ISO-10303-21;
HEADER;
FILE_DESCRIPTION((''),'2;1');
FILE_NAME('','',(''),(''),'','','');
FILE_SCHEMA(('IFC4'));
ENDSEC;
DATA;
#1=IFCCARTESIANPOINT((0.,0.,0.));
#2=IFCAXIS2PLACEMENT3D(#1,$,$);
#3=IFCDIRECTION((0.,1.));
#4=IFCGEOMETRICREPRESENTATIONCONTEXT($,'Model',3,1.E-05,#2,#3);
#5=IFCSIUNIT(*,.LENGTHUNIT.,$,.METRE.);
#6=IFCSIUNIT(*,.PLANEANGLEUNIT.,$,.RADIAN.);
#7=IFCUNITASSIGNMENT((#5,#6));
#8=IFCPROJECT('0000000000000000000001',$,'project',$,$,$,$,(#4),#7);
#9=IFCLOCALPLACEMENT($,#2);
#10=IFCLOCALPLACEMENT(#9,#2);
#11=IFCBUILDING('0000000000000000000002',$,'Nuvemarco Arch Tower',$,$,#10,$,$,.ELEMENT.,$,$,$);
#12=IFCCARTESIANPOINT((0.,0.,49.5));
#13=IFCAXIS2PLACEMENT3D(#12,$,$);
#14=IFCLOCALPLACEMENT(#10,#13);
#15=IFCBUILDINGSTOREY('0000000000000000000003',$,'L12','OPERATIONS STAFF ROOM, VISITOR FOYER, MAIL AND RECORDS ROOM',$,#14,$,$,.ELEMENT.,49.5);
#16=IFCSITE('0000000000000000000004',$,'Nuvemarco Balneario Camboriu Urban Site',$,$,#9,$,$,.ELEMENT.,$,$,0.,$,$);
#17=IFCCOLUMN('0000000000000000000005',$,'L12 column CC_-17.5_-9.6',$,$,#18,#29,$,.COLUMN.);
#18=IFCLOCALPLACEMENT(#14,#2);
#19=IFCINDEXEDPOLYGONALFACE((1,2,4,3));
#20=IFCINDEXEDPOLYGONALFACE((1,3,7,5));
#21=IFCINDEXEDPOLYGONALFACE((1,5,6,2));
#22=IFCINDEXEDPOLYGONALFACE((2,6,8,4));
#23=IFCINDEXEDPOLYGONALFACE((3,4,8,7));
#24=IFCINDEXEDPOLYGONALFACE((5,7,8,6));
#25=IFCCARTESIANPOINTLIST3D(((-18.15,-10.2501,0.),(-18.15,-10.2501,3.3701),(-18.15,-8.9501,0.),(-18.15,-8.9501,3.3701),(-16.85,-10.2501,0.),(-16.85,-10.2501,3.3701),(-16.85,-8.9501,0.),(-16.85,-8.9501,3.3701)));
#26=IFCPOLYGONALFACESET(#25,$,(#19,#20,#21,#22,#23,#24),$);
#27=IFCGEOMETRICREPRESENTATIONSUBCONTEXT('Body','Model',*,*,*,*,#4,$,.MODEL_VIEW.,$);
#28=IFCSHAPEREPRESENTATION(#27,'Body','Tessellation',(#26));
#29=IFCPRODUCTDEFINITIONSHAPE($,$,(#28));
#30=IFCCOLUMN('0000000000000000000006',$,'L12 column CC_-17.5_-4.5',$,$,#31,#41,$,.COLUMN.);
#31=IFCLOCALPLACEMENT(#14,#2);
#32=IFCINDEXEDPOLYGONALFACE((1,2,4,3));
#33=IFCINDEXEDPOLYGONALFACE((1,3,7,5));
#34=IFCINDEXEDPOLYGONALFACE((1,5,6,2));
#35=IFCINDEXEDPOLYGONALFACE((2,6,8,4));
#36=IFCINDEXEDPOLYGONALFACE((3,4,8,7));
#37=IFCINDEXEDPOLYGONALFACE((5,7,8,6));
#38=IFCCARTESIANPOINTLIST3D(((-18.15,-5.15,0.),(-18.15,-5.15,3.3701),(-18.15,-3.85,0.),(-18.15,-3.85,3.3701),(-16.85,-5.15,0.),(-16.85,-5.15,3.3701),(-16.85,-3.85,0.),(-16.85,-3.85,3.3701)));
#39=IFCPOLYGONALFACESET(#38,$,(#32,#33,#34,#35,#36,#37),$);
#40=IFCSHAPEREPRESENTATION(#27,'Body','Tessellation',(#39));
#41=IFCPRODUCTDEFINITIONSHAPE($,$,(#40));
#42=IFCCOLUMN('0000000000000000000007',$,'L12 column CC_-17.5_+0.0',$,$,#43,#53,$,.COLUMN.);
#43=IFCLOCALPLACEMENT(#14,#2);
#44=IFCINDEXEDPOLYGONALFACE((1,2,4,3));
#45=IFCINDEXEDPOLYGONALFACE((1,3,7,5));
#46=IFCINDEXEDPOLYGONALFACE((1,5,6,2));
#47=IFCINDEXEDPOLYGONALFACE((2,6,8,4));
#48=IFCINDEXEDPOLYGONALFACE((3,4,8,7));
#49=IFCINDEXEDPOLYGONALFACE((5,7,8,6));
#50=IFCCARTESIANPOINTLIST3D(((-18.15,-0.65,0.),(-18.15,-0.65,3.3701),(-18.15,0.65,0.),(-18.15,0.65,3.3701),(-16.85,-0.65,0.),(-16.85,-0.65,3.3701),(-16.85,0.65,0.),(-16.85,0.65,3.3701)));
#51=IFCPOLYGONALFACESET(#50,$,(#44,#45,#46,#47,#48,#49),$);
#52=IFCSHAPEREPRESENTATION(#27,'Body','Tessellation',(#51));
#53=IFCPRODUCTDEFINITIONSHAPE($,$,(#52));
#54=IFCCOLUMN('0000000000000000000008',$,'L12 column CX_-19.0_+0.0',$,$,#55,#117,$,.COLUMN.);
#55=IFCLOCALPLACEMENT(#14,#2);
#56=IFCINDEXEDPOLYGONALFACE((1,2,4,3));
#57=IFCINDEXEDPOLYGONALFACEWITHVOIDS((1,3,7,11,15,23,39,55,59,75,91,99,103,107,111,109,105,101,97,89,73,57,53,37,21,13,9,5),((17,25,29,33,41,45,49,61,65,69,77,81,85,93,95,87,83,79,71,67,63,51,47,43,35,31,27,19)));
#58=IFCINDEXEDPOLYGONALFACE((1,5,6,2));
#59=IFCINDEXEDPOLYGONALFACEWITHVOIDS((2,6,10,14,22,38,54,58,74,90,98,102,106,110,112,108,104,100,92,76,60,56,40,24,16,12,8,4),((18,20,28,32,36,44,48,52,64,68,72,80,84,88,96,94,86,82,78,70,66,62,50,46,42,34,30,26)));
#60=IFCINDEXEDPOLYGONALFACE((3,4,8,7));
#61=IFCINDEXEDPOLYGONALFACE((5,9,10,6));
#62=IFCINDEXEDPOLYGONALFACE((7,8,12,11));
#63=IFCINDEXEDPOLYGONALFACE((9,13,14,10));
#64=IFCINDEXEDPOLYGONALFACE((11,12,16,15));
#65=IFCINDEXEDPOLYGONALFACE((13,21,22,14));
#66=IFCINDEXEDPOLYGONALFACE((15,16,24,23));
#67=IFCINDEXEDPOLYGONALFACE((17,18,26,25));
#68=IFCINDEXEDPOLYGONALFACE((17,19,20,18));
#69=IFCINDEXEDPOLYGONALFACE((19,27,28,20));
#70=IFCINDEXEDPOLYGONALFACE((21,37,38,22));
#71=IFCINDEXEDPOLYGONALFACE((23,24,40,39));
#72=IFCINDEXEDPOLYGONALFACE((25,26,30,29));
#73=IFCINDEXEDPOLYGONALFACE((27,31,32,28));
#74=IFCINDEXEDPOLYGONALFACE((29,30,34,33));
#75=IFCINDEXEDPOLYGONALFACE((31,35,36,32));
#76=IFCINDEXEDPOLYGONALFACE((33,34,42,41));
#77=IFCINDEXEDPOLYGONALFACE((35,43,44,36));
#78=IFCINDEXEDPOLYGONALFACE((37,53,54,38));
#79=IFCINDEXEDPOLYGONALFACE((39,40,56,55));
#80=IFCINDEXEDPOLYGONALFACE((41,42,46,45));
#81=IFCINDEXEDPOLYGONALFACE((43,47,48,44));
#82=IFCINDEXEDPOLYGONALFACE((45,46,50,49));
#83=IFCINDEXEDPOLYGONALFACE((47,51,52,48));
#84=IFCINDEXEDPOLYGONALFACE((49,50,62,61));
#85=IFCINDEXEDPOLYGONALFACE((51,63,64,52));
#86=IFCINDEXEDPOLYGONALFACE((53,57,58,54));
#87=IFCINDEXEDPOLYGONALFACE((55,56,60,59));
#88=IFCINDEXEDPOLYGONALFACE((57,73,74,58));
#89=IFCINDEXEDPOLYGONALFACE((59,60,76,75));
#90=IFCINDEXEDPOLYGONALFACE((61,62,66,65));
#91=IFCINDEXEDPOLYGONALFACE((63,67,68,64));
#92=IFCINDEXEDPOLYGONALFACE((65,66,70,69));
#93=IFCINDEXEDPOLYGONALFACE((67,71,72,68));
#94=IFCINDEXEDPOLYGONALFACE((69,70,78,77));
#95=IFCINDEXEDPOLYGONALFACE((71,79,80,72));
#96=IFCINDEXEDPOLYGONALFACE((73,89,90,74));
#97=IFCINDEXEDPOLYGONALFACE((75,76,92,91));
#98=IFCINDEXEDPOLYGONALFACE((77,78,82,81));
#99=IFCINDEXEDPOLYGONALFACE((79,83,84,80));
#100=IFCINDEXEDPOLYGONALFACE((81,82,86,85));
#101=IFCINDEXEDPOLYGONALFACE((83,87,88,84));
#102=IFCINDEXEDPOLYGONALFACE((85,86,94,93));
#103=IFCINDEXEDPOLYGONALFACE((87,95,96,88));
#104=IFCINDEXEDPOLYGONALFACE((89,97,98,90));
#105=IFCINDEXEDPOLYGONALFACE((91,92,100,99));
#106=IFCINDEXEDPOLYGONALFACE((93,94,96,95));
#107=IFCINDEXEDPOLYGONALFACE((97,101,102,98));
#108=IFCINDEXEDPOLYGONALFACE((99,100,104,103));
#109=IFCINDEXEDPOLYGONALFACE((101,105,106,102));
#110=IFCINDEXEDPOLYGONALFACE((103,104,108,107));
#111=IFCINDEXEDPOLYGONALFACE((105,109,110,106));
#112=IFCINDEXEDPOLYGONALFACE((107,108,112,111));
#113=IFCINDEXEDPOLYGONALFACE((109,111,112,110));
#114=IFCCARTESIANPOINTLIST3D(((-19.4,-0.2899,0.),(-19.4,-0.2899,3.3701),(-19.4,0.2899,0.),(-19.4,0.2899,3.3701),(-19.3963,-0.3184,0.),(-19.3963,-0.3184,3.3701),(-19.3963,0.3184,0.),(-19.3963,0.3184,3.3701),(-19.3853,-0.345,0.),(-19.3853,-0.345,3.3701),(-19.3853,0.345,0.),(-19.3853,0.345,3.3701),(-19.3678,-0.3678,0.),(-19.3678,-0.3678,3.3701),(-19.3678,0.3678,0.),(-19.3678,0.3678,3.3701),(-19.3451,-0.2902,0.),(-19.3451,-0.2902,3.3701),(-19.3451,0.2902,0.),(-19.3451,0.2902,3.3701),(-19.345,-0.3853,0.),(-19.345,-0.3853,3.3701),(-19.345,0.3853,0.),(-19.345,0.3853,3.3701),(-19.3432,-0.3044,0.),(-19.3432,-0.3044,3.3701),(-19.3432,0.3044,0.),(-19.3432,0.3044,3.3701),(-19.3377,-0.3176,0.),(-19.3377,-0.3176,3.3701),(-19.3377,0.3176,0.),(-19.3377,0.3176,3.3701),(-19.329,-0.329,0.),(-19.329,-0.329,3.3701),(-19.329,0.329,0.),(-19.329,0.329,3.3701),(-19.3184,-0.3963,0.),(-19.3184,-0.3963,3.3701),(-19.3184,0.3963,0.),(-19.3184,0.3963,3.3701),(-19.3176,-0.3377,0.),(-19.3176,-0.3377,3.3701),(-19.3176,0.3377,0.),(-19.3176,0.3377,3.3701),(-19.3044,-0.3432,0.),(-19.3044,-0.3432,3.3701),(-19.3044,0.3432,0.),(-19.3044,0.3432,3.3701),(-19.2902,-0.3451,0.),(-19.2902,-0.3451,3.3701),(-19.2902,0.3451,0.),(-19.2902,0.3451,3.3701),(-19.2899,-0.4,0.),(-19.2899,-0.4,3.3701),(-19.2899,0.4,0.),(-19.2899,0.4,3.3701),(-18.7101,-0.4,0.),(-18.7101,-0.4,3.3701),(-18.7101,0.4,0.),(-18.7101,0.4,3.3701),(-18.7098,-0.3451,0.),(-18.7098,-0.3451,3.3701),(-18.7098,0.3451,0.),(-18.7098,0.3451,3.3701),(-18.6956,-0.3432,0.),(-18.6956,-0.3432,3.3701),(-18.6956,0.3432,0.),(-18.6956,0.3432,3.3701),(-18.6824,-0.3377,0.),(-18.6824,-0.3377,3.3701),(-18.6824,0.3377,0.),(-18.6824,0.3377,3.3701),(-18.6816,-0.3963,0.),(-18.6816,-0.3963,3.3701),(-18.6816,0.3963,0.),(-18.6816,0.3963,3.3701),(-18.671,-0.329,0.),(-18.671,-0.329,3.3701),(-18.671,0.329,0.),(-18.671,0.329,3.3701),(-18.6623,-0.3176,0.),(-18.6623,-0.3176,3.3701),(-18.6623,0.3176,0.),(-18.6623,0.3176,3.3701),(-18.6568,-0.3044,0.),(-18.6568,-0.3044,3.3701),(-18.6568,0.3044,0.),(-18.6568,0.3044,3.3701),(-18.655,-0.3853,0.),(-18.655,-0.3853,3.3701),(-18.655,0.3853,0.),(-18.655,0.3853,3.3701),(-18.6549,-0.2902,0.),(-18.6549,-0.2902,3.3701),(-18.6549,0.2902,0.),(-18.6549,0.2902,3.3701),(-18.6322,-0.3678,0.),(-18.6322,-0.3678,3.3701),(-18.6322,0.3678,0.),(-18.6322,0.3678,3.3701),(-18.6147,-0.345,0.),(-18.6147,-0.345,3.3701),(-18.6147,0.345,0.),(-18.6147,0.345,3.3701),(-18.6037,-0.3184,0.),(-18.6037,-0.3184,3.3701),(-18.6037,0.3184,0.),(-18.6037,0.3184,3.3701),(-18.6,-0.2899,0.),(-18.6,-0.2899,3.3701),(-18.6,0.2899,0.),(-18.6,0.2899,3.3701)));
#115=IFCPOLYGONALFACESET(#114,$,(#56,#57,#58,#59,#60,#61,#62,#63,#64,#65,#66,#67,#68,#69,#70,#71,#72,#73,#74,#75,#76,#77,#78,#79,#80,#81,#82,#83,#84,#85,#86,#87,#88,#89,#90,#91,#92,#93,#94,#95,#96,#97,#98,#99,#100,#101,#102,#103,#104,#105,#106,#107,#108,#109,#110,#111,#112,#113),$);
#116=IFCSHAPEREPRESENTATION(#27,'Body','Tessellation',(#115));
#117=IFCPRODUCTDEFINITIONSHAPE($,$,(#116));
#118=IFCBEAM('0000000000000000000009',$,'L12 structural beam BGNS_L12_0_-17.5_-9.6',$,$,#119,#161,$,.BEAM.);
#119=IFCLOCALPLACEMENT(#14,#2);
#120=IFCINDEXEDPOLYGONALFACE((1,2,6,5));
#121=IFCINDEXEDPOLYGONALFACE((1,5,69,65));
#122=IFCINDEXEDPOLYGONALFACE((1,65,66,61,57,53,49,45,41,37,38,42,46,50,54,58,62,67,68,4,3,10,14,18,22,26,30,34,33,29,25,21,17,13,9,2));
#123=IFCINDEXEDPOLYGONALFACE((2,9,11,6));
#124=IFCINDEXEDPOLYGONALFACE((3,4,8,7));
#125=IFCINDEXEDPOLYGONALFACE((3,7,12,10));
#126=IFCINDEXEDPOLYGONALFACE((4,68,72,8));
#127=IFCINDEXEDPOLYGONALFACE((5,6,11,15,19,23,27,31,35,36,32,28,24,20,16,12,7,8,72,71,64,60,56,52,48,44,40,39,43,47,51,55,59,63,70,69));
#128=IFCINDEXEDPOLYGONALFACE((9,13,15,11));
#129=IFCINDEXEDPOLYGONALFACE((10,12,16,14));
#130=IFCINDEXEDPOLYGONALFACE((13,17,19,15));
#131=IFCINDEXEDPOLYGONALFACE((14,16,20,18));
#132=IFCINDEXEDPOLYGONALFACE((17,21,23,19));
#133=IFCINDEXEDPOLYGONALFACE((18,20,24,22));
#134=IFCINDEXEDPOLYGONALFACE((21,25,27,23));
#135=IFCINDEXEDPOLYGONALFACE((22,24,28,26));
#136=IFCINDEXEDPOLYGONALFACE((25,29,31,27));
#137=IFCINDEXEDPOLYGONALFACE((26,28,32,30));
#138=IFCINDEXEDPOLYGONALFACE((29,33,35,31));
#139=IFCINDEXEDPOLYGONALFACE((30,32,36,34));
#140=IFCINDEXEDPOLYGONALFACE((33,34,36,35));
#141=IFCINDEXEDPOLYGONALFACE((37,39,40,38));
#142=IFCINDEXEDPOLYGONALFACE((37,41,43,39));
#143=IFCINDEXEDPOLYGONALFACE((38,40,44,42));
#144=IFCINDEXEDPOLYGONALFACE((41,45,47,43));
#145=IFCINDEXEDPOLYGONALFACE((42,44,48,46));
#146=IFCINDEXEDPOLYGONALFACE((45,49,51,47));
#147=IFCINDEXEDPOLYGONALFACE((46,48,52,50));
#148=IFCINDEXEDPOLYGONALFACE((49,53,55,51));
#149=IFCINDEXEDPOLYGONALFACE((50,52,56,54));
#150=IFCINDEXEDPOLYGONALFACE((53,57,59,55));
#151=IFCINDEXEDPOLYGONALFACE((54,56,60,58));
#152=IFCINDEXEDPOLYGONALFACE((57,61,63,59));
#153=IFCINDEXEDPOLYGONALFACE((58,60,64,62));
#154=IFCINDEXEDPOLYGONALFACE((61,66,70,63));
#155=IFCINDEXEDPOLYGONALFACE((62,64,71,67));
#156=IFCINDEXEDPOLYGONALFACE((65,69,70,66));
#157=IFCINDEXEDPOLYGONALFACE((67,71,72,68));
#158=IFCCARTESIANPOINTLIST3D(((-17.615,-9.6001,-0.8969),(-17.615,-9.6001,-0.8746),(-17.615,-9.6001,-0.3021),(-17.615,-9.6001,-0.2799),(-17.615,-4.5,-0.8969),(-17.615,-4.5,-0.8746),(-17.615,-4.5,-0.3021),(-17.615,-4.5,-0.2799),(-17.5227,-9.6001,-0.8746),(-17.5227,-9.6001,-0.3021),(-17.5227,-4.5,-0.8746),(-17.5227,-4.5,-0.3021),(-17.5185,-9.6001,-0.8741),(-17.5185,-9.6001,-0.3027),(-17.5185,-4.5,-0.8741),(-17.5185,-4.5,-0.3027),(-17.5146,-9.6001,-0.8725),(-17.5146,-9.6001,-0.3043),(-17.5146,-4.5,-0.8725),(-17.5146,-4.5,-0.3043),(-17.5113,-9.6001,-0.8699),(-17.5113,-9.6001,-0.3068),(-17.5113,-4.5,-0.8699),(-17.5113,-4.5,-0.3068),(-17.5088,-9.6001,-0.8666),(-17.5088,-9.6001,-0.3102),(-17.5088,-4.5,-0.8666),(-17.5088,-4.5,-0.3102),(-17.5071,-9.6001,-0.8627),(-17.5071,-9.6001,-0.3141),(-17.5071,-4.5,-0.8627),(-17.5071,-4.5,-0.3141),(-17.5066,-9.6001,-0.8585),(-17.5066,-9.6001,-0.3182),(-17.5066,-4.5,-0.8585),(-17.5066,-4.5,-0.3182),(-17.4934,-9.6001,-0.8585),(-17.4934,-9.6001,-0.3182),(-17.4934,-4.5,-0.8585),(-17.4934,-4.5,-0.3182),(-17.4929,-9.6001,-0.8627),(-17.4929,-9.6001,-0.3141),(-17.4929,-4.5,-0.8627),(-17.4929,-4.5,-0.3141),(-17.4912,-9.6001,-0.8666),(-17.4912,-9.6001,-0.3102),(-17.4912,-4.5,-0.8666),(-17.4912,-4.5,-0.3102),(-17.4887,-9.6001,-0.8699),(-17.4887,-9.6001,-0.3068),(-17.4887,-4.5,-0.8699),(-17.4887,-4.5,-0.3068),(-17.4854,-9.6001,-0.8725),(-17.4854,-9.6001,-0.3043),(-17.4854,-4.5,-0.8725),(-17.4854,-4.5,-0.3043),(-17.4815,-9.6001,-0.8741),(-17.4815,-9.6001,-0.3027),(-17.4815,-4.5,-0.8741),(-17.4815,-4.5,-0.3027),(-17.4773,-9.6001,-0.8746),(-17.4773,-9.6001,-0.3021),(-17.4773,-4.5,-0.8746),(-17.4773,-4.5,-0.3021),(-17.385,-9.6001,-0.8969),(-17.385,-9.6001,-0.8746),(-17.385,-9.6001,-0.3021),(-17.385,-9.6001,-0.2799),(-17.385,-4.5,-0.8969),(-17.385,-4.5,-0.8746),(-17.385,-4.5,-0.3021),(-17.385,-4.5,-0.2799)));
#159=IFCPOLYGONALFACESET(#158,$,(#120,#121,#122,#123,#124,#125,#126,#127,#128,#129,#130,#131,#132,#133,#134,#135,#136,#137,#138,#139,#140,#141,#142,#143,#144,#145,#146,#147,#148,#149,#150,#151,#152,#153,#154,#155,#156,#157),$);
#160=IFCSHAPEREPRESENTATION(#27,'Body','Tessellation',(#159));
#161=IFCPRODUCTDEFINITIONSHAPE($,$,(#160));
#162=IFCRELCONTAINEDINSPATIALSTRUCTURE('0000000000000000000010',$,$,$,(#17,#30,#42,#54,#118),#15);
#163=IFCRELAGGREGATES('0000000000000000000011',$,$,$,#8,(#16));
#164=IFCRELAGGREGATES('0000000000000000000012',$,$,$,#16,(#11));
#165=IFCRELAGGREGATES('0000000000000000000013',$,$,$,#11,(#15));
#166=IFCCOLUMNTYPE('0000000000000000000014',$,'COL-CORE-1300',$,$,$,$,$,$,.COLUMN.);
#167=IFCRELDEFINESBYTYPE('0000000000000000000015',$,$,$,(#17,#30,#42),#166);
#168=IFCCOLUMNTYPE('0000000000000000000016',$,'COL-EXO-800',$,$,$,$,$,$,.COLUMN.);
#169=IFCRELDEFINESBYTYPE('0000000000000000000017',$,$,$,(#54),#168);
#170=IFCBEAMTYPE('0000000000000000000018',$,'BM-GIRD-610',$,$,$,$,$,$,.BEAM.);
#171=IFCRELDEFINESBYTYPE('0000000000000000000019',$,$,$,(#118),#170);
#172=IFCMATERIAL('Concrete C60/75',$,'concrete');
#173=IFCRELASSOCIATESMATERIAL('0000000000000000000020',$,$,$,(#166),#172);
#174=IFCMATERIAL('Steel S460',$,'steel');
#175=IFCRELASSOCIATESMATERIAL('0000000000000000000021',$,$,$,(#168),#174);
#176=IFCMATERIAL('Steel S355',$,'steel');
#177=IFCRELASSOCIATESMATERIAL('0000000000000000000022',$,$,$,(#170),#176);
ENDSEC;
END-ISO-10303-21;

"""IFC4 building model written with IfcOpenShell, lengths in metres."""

from ifc_helpers import new_model, si_unit, direction, frame, origin, origin_2d, place, context, subcontext, project, spatial, rectangle, hollow_rectangle, i_section, extrude, material, material_profile, profile_set, type_object, element, save


model = new_model("IFC4")

# Units and contexts
model_context = context("Model", 3, precision=1e-05, world=origin(), true_north=direction((0.0, 1.0)))
body_context = subcontext(model_context, "Body", "Model", "MODEL_VIEW")
ifc_project = project(units=[si_unit("LENGTHUNIT", "METRE"), si_unit("PLANEANGLEUNIT", "RADIAN")], contexts=[model_context])

# Site, building, storey
site_placement = place(None, origin())
site = spatial("IfcSite", under=ifc_project, at=site_placement, Name="Nuvemarco Balneario Camboriu Urban Site", CompositionType="ELEMENT", RefElevation=0.0)
building_placement = place(site_placement, origin())
building = spatial("IfcBuilding", under=site, at=building_placement, Name="Nuvemarco Arch Tower", CompositionType="ELEMENT")
storey_placement = place(building_placement, frame((0.0, 0.0, 49.5)))
storey = spatial("IfcBuildingStorey", under=building, at=storey_placement, Name="L12", Description="OPERATIONS STAFF ROOM, VISITOR FOYER, MAIL AND RECORDS ROOM", CompositionType="ELEMENT", Elevation=49.5)

# Columns
ifc_material_1 = material(Name="Concrete C60/75", Category="concrete")
ifc_material_profile_1 = material_profile(ifc_material_1, rectangle(XDim=1.3, YDim=1.3, at=origin_2d()), Name="RC-COL-1300x1300")
ifc_profile_set_1 = profile_set([ifc_material_profile_1], Name="Concrete C60/75")
column_type_1 = type_object("IfcColumnType", Name="COL-CORE-1300", PredefinedType="COLUMN", material=ifc_profile_set_1)
for number, where, z_axis, x_axis, name in (
    (1, (-17.5, -9.6001, 0.0), (0.0, 0.0, 1.0), (1.0, 0.0, 0.0), "L12 column CC_-17.5_-9.6"),
    (2, (-17.5, -4.5, 0.0), (0.0, 0.0, 1.0), (1.0, 0.0, 0.0), "L12 column CC_-17.5_-4.5"),
    (3, (-17.5, 0.0, 0.0), (0.0, 0.0, 1.0), (1.0, 0.0, 0.0), "L12 column CC_-17.5_+0.0"),
):
    element("IfcColumn", number, at=place(storey_placement, frame(where, z_axis=z_axis, x_axis=x_axis)), inside=storey, type_object=column_type_1, Name=name, PredefinedType="COLUMN", context=body_context, shape_type="SweptSolid", body=[
        extrude(rectangle(XDim=1.3, YDim=1.3, at=origin_2d()), origin(), (0.0, 0.0, 1.0), 3.3701),
    ])
ifc_material_2 = material(Name="Steel S460", Category="steel")
ifc_material_profile_2 = material_profile(ifc_material_2, hollow_rectangle(XDim=0.8, YDim=0.8, WallThickness=0.0549, InnerFilletRadius=0.0549, OuterFilletRadius=0.1101, at=origin_2d()), Name="SHS800x800x55")
ifc_profile_set_2 = profile_set([ifc_material_profile_2], Name="Steel S460")
column_type_2 = type_object("IfcColumnType", Name="COL-EXO-800", PredefinedType="COLUMN", material=ifc_profile_set_2)
column_placement = place(storey_placement, frame((-19.0, 0.0, 0.0), z_axis=(0.0, 0.0, 1.0), x_axis=(1.0, 0.0, 0.0)))
element("IfcColumn", 4, at=column_placement, inside=storey, type_object=column_type_2, Name="L12 column CX_-19.0_+0.0", PredefinedType="COLUMN", context=body_context, shape_type="SweptSolid", body=[
    extrude(hollow_rectangle(XDim=0.8, YDim=0.8, WallThickness=0.0549, InnerFilletRadius=0.0549, OuterFilletRadius=0.1101, at=origin_2d()), origin(), (0.0, 0.0, 1.0), 3.3701),
])

# Beam
ifc_material_3 = material(Name="Steel S355", Category="steel")
ifc_material_profile_3 = material_profile(ifc_material_3, i_section(OverallWidth=0.23, OverallDepth=0.6169, WebThickness=0.0132, FlangeThickness=0.0222, FilletRadius=0.0161, at=origin_2d()), Name="W610x140")
ifc_profile_set_3 = profile_set([ifc_material_profile_3], Name="Steel S355")
beam_type_1 = type_object("IfcBeamType", Name="BM-GIRD-610", PredefinedType="BEAM", material=ifc_profile_set_3)
beam_1_placement = place(storey_placement, frame((-17.5, -9.6001, -0.5884), z_axis=(0.0, 1.0, 0.0), x_axis=(-1.0, 0.0, 0.0)))
element("IfcBeam", 5, at=beam_1_placement, inside=storey, type_object=beam_type_1, Name="L12 structural beam BGNS_L12_0_-17.5_-9.6", PredefinedType="BEAM", context=body_context, shape_type="SweptSolid", body=[
    extrude(i_section(OverallWidth=0.23, OverallDepth=0.6169, WebThickness=0.0132, FlangeThickness=0.0222, FilletRadius=0.0161, at=origin_2d()), origin(), (0.0, 0.0, 1.0), 5.1001),
])

save(model, "model.ifc")
